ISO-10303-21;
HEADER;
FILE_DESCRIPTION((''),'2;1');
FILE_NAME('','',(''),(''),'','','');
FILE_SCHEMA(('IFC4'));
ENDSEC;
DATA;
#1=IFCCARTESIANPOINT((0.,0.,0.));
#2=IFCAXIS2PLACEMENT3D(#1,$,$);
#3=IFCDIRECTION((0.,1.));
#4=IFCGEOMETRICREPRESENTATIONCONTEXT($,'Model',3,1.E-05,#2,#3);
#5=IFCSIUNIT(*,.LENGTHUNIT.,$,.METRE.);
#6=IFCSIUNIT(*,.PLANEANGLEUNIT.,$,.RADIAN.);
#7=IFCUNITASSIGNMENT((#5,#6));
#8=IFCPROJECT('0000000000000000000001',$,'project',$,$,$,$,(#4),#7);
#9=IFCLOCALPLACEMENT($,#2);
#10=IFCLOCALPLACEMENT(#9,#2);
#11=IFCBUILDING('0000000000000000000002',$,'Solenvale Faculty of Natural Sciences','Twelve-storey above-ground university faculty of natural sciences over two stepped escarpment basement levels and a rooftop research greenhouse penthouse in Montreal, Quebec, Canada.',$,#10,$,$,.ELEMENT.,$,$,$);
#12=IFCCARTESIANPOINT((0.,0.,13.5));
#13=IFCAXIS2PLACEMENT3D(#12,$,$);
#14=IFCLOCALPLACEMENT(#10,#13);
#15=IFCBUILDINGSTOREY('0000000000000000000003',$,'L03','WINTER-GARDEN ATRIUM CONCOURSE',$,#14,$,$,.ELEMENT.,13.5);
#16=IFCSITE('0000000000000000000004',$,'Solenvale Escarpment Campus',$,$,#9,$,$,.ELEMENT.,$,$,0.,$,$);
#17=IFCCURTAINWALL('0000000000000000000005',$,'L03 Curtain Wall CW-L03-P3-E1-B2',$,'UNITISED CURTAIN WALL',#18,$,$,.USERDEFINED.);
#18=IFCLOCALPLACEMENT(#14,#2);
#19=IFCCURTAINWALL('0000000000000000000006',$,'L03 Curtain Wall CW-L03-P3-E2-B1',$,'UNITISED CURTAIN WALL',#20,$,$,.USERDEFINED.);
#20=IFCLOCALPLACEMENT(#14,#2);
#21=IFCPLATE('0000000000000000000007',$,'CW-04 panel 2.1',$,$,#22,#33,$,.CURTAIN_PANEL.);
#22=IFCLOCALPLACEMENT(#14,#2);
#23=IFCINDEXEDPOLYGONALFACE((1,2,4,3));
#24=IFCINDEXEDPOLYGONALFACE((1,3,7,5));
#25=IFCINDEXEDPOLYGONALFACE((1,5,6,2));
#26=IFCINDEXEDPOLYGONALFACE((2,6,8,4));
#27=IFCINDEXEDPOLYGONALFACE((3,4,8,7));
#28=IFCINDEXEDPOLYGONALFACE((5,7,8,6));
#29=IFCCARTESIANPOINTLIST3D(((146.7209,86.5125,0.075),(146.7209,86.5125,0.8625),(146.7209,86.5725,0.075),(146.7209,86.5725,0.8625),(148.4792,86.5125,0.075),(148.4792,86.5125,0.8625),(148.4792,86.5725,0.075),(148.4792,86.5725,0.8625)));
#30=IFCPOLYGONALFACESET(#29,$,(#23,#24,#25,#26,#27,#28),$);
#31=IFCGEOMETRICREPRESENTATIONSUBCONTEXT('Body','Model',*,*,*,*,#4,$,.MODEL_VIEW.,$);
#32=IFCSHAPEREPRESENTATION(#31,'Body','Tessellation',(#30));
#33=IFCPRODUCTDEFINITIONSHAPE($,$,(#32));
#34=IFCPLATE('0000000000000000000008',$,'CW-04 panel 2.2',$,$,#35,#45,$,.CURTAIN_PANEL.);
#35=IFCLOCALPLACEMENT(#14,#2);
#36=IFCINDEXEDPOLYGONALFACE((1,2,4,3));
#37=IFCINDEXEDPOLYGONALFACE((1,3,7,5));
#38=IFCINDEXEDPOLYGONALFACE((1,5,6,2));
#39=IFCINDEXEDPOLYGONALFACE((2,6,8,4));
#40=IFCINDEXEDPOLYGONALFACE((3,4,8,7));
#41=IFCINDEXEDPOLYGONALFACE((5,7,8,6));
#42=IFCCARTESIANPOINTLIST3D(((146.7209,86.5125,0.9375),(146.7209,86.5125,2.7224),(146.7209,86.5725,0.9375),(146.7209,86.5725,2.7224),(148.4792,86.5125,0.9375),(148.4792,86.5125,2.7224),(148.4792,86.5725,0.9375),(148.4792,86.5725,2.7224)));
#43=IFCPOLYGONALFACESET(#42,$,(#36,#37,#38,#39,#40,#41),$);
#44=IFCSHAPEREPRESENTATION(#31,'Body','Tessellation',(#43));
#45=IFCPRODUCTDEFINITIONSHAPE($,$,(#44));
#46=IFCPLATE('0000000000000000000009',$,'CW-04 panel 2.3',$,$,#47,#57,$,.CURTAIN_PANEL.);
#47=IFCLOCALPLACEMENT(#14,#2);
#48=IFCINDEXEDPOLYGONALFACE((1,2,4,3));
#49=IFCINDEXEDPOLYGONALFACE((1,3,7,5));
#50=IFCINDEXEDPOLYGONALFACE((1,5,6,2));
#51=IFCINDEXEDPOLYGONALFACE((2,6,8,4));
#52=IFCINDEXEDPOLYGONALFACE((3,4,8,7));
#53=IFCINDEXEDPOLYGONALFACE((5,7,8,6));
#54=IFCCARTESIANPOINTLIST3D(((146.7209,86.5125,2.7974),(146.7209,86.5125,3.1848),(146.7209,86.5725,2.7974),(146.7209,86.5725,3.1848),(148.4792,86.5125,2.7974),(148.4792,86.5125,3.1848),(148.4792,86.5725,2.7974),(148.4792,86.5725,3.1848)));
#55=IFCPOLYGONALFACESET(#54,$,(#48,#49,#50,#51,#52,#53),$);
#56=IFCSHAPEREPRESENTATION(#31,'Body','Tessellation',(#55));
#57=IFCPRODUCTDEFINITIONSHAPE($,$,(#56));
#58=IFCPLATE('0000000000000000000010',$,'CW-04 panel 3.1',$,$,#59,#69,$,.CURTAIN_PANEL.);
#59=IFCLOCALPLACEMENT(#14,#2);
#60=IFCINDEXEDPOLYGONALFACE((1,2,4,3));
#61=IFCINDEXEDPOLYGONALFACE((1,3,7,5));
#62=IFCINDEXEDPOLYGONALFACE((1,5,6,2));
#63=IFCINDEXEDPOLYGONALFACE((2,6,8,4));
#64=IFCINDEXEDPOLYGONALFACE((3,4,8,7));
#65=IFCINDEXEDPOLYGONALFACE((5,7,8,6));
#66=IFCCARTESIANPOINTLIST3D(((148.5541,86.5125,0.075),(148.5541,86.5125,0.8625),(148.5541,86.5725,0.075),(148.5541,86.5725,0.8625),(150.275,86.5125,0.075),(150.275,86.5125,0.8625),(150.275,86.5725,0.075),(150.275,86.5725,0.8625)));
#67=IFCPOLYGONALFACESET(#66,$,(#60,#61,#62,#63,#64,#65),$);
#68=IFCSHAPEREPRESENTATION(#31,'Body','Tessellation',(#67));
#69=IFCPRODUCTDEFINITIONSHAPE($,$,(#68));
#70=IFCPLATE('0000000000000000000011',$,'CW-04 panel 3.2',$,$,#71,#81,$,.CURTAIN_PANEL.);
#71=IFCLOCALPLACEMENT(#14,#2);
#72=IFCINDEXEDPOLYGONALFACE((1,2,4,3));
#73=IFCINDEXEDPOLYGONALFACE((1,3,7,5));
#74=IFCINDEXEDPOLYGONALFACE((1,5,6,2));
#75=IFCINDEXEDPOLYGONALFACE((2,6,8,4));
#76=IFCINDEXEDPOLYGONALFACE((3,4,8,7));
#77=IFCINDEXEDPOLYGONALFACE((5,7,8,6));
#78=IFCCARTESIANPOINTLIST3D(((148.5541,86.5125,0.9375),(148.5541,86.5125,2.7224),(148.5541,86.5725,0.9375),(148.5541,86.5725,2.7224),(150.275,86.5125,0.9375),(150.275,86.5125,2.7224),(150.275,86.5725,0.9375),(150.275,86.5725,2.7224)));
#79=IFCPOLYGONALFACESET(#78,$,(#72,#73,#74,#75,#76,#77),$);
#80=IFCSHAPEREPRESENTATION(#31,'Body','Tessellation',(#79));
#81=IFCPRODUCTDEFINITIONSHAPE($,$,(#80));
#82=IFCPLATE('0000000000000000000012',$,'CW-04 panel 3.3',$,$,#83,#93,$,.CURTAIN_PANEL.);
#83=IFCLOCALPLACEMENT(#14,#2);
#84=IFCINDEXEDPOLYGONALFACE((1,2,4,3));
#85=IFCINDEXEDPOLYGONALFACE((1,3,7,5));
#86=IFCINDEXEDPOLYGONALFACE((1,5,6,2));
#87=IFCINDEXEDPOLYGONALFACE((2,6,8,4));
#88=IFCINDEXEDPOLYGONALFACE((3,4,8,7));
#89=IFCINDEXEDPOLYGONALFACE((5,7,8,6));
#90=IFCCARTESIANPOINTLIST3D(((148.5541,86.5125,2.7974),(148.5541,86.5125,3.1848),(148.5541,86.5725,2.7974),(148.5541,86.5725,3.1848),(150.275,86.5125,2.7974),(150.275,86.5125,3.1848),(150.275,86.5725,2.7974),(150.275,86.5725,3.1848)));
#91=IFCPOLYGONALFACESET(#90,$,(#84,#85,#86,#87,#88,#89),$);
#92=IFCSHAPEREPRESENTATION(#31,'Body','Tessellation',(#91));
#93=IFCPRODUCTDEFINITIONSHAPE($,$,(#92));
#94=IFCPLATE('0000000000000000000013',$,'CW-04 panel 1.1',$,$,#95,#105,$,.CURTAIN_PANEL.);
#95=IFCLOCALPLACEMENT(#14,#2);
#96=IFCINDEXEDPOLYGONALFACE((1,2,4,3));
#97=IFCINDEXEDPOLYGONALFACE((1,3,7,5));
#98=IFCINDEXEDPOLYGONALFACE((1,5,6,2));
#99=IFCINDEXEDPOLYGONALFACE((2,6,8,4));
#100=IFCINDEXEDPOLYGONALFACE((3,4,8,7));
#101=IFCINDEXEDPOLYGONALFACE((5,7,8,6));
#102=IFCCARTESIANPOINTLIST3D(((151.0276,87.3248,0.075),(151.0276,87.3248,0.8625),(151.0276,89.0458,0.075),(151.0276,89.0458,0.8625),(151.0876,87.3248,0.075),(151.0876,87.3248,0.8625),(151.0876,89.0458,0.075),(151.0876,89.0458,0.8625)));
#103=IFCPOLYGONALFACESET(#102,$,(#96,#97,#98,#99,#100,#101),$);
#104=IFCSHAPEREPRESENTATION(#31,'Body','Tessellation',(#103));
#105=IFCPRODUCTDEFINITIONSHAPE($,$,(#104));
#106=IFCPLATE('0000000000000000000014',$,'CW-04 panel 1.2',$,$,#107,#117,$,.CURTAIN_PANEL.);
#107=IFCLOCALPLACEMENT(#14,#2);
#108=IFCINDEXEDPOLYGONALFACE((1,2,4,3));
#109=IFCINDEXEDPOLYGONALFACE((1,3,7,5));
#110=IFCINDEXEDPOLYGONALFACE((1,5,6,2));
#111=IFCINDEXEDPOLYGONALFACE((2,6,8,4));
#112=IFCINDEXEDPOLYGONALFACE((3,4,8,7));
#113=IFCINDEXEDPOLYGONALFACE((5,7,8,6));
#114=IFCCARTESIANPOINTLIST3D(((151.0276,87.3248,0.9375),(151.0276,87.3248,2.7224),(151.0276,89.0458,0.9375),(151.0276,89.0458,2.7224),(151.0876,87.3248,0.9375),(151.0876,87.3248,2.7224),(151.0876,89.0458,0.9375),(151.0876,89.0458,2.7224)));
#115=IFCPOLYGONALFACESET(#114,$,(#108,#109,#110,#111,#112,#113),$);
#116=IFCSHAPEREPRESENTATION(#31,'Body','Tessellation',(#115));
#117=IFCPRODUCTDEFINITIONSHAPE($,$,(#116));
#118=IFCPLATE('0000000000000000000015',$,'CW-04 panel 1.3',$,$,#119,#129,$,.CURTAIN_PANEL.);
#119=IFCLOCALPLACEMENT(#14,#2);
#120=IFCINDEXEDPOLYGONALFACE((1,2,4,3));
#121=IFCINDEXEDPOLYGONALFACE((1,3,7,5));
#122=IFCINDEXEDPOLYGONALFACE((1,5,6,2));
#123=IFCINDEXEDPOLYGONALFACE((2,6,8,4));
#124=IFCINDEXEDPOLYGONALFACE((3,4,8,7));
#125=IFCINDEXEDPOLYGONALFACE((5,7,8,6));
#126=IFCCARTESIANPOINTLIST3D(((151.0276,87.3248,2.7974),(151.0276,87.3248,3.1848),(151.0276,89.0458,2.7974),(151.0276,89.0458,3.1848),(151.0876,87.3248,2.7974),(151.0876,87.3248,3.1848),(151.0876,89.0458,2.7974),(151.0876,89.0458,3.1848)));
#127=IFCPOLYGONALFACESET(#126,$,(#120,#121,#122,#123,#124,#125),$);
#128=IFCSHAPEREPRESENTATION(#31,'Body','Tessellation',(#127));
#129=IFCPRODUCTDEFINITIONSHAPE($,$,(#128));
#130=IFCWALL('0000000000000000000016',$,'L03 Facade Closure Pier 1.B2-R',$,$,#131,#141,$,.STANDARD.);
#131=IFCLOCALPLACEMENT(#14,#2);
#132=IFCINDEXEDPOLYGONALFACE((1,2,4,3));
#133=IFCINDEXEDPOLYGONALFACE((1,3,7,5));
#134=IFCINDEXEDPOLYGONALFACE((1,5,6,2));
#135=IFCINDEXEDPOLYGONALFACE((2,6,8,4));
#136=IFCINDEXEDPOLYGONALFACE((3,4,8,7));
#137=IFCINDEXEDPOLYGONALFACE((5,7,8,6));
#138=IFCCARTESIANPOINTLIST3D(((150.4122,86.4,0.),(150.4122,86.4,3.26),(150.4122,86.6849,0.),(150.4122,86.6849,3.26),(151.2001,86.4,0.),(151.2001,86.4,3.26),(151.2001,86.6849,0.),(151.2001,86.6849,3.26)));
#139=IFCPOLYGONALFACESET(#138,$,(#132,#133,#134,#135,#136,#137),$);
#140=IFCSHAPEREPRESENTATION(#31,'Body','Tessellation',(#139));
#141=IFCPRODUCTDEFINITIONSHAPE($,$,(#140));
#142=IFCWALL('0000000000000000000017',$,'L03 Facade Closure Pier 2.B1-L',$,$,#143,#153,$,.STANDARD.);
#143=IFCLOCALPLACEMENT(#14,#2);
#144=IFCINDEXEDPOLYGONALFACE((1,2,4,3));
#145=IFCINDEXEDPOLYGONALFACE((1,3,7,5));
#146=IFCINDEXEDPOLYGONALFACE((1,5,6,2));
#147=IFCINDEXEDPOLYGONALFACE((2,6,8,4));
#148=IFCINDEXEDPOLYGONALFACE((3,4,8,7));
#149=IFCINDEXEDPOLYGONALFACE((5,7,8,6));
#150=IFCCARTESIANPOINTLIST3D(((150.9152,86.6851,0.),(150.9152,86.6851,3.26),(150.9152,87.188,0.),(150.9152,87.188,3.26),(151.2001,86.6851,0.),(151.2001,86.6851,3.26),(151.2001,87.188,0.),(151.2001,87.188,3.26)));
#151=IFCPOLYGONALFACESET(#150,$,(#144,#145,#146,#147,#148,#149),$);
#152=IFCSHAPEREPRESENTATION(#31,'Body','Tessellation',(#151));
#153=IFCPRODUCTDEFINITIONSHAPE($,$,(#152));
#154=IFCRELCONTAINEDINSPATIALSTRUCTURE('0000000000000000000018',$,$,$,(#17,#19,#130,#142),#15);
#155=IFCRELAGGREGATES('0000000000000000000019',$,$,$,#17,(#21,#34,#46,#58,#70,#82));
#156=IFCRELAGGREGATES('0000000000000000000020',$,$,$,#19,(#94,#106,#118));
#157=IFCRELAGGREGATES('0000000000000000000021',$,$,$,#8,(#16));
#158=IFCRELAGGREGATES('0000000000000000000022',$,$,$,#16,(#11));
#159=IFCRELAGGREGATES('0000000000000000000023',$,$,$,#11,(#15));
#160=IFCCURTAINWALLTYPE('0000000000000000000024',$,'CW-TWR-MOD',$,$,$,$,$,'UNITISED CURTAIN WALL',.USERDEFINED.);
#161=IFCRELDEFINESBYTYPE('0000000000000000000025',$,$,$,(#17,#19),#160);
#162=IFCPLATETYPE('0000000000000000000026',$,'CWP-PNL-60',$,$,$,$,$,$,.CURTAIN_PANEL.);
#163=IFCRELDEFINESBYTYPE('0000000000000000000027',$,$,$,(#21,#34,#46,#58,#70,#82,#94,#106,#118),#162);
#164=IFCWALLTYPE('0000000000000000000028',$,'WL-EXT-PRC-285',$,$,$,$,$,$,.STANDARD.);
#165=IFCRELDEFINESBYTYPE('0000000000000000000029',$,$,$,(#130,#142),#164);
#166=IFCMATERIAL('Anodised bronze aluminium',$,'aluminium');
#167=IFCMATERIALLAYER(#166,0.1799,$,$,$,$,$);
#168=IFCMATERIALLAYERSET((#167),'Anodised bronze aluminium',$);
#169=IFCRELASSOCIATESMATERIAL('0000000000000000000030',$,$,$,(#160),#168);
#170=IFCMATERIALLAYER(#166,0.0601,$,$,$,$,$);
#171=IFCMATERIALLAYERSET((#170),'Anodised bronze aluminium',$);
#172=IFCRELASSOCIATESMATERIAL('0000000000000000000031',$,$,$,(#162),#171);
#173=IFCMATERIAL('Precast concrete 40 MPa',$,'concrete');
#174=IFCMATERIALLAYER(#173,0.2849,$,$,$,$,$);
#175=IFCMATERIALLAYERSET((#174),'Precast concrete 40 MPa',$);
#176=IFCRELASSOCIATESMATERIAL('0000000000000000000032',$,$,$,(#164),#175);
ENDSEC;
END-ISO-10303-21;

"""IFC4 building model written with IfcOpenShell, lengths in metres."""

from ifc_helpers import new_model, si_unit, direction, frame, frame_2d, origin, origin_2d, place, context, subcontext, project, spatial, rectangle, extrude, material, layer, layer_set, type_object, element, aggregate, save


model = new_model("IFC4")

# Units and contexts
model_context = context("Model", 3, precision=1e-05, world=origin(), true_north=direction((0.0, 1.0)))
body_context = subcontext(model_context, "Body", "Model", "MODEL_VIEW")
ifc_project = project(units=[si_unit("LENGTHUNIT", "METRE"), si_unit("PLANEANGLEUNIT", "RADIAN")], contexts=[model_context])

# Site, building, storey
site_placement = place(None, origin())
site = spatial("IfcSite", under=ifc_project, at=site_placement, Name="Solenvale Escarpment Campus", CompositionType="ELEMENT", RefElevation=0.0)
building_placement = place(site_placement, origin())
building = spatial("IfcBuilding", under=site, at=building_placement, Name="Solenvale Faculty of Natural Sciences", Description="Twelve-storey above-ground university faculty of natural sciences over two stepped escarpment basement levels and a rooftop research greenhouse penthouse in Montreal, Quebec, Canada.", CompositionType="ELEMENT")
storey_placement = place(building_placement, frame((0.0, 0.0, 13.5)))
storey = spatial("IfcBuildingStorey", under=building, at=storey_placement, Name="L03", Description="WINTER-GARDEN ATRIUM CONCOURSE", CompositionType="ELEMENT", Elevation=13.5)

# Curtain wall
ifc_material_1 = material(Name="Anodised bronze aluminium", Category="aluminium")
ifc_layer_1 = layer(ifc_material_1, 0.1799)
ifc_layer_set_1 = layer_set([ifc_layer_1], Name="Anodised bronze aluminium")
curtain_wall_type = type_object("IfcCurtainWallType", Name="CW-TWR-MOD", ElementType="UNITISED CURTAIN WALL", PredefinedType="USERDEFINED", material=ifc_layer_set_1)
curtain_wall_1_placement = place(storey_placement, origin())
curtain_wall_1 = element("IfcCurtainWall", 1, at=curtain_wall_1_placement, inside=storey, type_object=curtain_wall_type, Name="L03 Curtain Wall CW-L03-P3-E1-B2", ObjectType="UNITISED CURTAIN WALL", PredefinedType="USERDEFINED")

# Curtain wall
curtain_wall_2_placement = place(storey_placement, origin())
curtain_wall_2 = element("IfcCurtainWall", 2, at=curtain_wall_2_placement, inside=storey, type_object=curtain_wall_type, Name="L03 Curtain Wall CW-L03-P3-E2-B1", ObjectType="UNITISED CURTAIN WALL", PredefinedType="USERDEFINED")

# Plates
ifc_layer_2 = layer(ifc_material_1, 0.0601)
ifc_layer_set_2 = layer_set([ifc_layer_2], Name="Anodised bronze aluminium")
plate_type = type_object("IfcPlateType", Name="CWP-PNL-60", PredefinedType="CURTAIN_PANEL", material=ifc_layer_set_2)
plate_1_placement = place(storey_placement, frame((147.6001, 86.5425, 0.075), z_axis=(0.0, 0.0, 1.0), x_axis=(1.0, 0.0, 0.0)))
plate_1 = element("IfcPlate", 3, at=plate_1_placement, type_object=plate_type, Name="CW-04 panel 2.1", PredefinedType="CURTAIN_PANEL", context=body_context, shape_type="SweptSolid", body=[
    extrude(rectangle(XDim=1.7583, YDim=0.0601, at=origin_2d()), origin(), (0.0, 0.0, 1.0), 0.7876),
])
plate_2_placement = place(storey_placement, frame((147.6001, 86.5425, 0.9375), z_axis=(0.0, 0.0, 1.0), x_axis=(1.0, 0.0, 0.0)))
plate_2 = element("IfcPlate", 4, at=plate_2_placement, type_object=plate_type, Name="CW-04 panel 2.2", PredefinedType="CURTAIN_PANEL", context=body_context, shape_type="SweptSolid", body=[
    extrude(rectangle(XDim=1.7583, YDim=0.0601, at=origin_2d()), origin(), (0.0, 0.0, 1.0), 1.7849),
])
plate_3_placement = place(storey_placement, frame((147.6001, 86.5425, 2.7974), z_axis=(0.0, 0.0, 1.0), x_axis=(1.0, 0.0, 0.0)))
plate_3 = element("IfcPlate", 5, at=plate_3_placement, type_object=plate_type, Name="CW-04 panel 2.3", PredefinedType="CURTAIN_PANEL", context=body_context, shape_type="SweptSolid", body=[
    extrude(rectangle(XDim=1.7583, YDim=0.0601, at=origin_2d()), origin(), (0.0, 0.0, 1.0), 0.3875),
])
plate_4_placement = place(storey_placement, frame((149.4146, 86.5425, 0.075), z_axis=(0.0, 0.0, 1.0), x_axis=(1.0, 0.0, 0.0)))
plate_4 = element("IfcPlate", 6, at=plate_4_placement, type_object=plate_type, Name="CW-04 panel 3.1", PredefinedType="CURTAIN_PANEL", context=body_context, shape_type="SweptSolid", body=[
    extrude(rectangle(XDim=1.7209, YDim=0.0601, at=origin_2d()), origin(), (0.0, 0.0, 1.0), 0.7876),
])
plate_5_placement = place(storey_placement, frame((149.4146, 86.5425, 0.9375), z_axis=(0.0, 0.0, 1.0), x_axis=(1.0, 0.0, 0.0)))
plate_5 = element("IfcPlate", 7, at=plate_5_placement, type_object=plate_type, Name="CW-04 panel 3.2", PredefinedType="CURTAIN_PANEL", context=body_context, shape_type="SweptSolid", body=[
    extrude(rectangle(XDim=1.7209, YDim=0.0601, at=origin_2d()), origin(), (0.0, 0.0, 1.0), 1.7849),
])
plate_6_placement = place(storey_placement, frame((149.4146, 86.5425, 2.7974), z_axis=(0.0, 0.0, 1.0), x_axis=(1.0, 0.0, 0.0)))
plate_6 = element("IfcPlate", 8, at=plate_6_placement, type_object=plate_type, Name="CW-04 panel 3.3", PredefinedType="CURTAIN_PANEL", context=body_context, shape_type="SweptSolid", body=[
    extrude(rectangle(XDim=1.7209, YDim=0.0601, at=origin_2d()), origin(), (0.0, 0.0, 1.0), 0.3875),
])
aggregate(curtain_wall_1, [plate_1, plate_2, plate_3, plate_4, plate_5, plate_6])
plate_7_placement = place(storey_placement, frame((151.0576, 88.1853, 0.075), z_axis=(0.0, 0.0, 1.0), x_axis=(0.0, 1.0, 0.0)))
plate_7 = element("IfcPlate", 9, at=plate_7_placement, type_object=plate_type, Name="CW-04 panel 1.1", PredefinedType="CURTAIN_PANEL", context=body_context, shape_type="SweptSolid", body=[
    extrude(rectangle(XDim=1.7209, YDim=0.0601, at=origin_2d()), origin(), (0.0, 0.0, 1.0), 0.7876),
])
plate_8_placement = place(storey_placement, frame((151.0576, 88.1853, 0.9375), z_axis=(0.0, 0.0, 1.0), x_axis=(0.0, 1.0, 0.0)))
plate_8 = element("IfcPlate", 10, at=plate_8_placement, type_object=plate_type, Name="CW-04 panel 1.2", PredefinedType="CURTAIN_PANEL", context=body_context, shape_type="SweptSolid", body=[
    extrude(rectangle(XDim=1.7209, YDim=0.0601, at=origin_2d()), origin(), (0.0, 0.0, 1.0), 1.7849),
])
plate_9_placement = place(storey_placement, frame((151.0576, 88.1853, 2.7974), z_axis=(0.0, 0.0, 1.0), x_axis=(0.0, 1.0, 0.0)))
plate_9 = element("IfcPlate", 11, at=plate_9_placement, type_object=plate_type, Name="CW-04 panel 1.3", PredefinedType="CURTAIN_PANEL", context=body_context, shape_type="SweptSolid", body=[
    extrude(rectangle(XDim=1.7209, YDim=0.0601, at=origin_2d()), origin(), (0.0, 0.0, 1.0), 0.3875),
])
aggregate(curtain_wall_2, [plate_7, plate_8, plate_9])

# Walls
ifc_material_2 = material(Name="Precast concrete 40 MPa", Category="concrete")
ifc_layer_3 = layer(ifc_material_2, 0.2849)
ifc_layer_set_3 = layer_set([ifc_layer_3], Name="Precast concrete 40 MPa")
wall_type = type_object("IfcWallType", Name="WL-EXT-PRC-285", PredefinedType="STANDARD", material=ifc_layer_set_3)
wall_1_placement = place(storey_placement, frame((150.4121, 86.5425, 0.0), z_axis=(0.0, 0.0, 1.0), x_axis=(1.0, 0.0, 0.0)))
element("IfcWall", 12, at=wall_1_placement, inside=storey, type_object=wall_type, Name="L03 Facade Closure Pier 1.B2-R", PredefinedType="STANDARD", context=body_context, shape_type="SweptSolid", body=[
    extrude(rectangle(XDim=0.7878, YDim=0.2849, at=frame_2d((0.394, 0.0))), origin(), (0.0, 0.0, 1.0), 3.26),
])
wall_2_placement = place(storey_placement, frame((151.0576, 86.6851, 0.0), z_axis=(0.0, 0.0, 1.0), x_axis=(0.0, 1.0, 0.0)))
element("IfcWall", 13, at=wall_2_placement, inside=storey, type_object=wall_type, Name="L03 Facade Closure Pier 2.B1-L", PredefinedType="STANDARD", context=body_context, shape_type="SweptSolid", body=[
    extrude(rectangle(XDim=0.5029, YDim=0.2849, at=frame_2d((0.2515, 0.0))), origin(), (0.0, 0.0, 1.0), 3.26),
])

save(model, "model.ifc")
